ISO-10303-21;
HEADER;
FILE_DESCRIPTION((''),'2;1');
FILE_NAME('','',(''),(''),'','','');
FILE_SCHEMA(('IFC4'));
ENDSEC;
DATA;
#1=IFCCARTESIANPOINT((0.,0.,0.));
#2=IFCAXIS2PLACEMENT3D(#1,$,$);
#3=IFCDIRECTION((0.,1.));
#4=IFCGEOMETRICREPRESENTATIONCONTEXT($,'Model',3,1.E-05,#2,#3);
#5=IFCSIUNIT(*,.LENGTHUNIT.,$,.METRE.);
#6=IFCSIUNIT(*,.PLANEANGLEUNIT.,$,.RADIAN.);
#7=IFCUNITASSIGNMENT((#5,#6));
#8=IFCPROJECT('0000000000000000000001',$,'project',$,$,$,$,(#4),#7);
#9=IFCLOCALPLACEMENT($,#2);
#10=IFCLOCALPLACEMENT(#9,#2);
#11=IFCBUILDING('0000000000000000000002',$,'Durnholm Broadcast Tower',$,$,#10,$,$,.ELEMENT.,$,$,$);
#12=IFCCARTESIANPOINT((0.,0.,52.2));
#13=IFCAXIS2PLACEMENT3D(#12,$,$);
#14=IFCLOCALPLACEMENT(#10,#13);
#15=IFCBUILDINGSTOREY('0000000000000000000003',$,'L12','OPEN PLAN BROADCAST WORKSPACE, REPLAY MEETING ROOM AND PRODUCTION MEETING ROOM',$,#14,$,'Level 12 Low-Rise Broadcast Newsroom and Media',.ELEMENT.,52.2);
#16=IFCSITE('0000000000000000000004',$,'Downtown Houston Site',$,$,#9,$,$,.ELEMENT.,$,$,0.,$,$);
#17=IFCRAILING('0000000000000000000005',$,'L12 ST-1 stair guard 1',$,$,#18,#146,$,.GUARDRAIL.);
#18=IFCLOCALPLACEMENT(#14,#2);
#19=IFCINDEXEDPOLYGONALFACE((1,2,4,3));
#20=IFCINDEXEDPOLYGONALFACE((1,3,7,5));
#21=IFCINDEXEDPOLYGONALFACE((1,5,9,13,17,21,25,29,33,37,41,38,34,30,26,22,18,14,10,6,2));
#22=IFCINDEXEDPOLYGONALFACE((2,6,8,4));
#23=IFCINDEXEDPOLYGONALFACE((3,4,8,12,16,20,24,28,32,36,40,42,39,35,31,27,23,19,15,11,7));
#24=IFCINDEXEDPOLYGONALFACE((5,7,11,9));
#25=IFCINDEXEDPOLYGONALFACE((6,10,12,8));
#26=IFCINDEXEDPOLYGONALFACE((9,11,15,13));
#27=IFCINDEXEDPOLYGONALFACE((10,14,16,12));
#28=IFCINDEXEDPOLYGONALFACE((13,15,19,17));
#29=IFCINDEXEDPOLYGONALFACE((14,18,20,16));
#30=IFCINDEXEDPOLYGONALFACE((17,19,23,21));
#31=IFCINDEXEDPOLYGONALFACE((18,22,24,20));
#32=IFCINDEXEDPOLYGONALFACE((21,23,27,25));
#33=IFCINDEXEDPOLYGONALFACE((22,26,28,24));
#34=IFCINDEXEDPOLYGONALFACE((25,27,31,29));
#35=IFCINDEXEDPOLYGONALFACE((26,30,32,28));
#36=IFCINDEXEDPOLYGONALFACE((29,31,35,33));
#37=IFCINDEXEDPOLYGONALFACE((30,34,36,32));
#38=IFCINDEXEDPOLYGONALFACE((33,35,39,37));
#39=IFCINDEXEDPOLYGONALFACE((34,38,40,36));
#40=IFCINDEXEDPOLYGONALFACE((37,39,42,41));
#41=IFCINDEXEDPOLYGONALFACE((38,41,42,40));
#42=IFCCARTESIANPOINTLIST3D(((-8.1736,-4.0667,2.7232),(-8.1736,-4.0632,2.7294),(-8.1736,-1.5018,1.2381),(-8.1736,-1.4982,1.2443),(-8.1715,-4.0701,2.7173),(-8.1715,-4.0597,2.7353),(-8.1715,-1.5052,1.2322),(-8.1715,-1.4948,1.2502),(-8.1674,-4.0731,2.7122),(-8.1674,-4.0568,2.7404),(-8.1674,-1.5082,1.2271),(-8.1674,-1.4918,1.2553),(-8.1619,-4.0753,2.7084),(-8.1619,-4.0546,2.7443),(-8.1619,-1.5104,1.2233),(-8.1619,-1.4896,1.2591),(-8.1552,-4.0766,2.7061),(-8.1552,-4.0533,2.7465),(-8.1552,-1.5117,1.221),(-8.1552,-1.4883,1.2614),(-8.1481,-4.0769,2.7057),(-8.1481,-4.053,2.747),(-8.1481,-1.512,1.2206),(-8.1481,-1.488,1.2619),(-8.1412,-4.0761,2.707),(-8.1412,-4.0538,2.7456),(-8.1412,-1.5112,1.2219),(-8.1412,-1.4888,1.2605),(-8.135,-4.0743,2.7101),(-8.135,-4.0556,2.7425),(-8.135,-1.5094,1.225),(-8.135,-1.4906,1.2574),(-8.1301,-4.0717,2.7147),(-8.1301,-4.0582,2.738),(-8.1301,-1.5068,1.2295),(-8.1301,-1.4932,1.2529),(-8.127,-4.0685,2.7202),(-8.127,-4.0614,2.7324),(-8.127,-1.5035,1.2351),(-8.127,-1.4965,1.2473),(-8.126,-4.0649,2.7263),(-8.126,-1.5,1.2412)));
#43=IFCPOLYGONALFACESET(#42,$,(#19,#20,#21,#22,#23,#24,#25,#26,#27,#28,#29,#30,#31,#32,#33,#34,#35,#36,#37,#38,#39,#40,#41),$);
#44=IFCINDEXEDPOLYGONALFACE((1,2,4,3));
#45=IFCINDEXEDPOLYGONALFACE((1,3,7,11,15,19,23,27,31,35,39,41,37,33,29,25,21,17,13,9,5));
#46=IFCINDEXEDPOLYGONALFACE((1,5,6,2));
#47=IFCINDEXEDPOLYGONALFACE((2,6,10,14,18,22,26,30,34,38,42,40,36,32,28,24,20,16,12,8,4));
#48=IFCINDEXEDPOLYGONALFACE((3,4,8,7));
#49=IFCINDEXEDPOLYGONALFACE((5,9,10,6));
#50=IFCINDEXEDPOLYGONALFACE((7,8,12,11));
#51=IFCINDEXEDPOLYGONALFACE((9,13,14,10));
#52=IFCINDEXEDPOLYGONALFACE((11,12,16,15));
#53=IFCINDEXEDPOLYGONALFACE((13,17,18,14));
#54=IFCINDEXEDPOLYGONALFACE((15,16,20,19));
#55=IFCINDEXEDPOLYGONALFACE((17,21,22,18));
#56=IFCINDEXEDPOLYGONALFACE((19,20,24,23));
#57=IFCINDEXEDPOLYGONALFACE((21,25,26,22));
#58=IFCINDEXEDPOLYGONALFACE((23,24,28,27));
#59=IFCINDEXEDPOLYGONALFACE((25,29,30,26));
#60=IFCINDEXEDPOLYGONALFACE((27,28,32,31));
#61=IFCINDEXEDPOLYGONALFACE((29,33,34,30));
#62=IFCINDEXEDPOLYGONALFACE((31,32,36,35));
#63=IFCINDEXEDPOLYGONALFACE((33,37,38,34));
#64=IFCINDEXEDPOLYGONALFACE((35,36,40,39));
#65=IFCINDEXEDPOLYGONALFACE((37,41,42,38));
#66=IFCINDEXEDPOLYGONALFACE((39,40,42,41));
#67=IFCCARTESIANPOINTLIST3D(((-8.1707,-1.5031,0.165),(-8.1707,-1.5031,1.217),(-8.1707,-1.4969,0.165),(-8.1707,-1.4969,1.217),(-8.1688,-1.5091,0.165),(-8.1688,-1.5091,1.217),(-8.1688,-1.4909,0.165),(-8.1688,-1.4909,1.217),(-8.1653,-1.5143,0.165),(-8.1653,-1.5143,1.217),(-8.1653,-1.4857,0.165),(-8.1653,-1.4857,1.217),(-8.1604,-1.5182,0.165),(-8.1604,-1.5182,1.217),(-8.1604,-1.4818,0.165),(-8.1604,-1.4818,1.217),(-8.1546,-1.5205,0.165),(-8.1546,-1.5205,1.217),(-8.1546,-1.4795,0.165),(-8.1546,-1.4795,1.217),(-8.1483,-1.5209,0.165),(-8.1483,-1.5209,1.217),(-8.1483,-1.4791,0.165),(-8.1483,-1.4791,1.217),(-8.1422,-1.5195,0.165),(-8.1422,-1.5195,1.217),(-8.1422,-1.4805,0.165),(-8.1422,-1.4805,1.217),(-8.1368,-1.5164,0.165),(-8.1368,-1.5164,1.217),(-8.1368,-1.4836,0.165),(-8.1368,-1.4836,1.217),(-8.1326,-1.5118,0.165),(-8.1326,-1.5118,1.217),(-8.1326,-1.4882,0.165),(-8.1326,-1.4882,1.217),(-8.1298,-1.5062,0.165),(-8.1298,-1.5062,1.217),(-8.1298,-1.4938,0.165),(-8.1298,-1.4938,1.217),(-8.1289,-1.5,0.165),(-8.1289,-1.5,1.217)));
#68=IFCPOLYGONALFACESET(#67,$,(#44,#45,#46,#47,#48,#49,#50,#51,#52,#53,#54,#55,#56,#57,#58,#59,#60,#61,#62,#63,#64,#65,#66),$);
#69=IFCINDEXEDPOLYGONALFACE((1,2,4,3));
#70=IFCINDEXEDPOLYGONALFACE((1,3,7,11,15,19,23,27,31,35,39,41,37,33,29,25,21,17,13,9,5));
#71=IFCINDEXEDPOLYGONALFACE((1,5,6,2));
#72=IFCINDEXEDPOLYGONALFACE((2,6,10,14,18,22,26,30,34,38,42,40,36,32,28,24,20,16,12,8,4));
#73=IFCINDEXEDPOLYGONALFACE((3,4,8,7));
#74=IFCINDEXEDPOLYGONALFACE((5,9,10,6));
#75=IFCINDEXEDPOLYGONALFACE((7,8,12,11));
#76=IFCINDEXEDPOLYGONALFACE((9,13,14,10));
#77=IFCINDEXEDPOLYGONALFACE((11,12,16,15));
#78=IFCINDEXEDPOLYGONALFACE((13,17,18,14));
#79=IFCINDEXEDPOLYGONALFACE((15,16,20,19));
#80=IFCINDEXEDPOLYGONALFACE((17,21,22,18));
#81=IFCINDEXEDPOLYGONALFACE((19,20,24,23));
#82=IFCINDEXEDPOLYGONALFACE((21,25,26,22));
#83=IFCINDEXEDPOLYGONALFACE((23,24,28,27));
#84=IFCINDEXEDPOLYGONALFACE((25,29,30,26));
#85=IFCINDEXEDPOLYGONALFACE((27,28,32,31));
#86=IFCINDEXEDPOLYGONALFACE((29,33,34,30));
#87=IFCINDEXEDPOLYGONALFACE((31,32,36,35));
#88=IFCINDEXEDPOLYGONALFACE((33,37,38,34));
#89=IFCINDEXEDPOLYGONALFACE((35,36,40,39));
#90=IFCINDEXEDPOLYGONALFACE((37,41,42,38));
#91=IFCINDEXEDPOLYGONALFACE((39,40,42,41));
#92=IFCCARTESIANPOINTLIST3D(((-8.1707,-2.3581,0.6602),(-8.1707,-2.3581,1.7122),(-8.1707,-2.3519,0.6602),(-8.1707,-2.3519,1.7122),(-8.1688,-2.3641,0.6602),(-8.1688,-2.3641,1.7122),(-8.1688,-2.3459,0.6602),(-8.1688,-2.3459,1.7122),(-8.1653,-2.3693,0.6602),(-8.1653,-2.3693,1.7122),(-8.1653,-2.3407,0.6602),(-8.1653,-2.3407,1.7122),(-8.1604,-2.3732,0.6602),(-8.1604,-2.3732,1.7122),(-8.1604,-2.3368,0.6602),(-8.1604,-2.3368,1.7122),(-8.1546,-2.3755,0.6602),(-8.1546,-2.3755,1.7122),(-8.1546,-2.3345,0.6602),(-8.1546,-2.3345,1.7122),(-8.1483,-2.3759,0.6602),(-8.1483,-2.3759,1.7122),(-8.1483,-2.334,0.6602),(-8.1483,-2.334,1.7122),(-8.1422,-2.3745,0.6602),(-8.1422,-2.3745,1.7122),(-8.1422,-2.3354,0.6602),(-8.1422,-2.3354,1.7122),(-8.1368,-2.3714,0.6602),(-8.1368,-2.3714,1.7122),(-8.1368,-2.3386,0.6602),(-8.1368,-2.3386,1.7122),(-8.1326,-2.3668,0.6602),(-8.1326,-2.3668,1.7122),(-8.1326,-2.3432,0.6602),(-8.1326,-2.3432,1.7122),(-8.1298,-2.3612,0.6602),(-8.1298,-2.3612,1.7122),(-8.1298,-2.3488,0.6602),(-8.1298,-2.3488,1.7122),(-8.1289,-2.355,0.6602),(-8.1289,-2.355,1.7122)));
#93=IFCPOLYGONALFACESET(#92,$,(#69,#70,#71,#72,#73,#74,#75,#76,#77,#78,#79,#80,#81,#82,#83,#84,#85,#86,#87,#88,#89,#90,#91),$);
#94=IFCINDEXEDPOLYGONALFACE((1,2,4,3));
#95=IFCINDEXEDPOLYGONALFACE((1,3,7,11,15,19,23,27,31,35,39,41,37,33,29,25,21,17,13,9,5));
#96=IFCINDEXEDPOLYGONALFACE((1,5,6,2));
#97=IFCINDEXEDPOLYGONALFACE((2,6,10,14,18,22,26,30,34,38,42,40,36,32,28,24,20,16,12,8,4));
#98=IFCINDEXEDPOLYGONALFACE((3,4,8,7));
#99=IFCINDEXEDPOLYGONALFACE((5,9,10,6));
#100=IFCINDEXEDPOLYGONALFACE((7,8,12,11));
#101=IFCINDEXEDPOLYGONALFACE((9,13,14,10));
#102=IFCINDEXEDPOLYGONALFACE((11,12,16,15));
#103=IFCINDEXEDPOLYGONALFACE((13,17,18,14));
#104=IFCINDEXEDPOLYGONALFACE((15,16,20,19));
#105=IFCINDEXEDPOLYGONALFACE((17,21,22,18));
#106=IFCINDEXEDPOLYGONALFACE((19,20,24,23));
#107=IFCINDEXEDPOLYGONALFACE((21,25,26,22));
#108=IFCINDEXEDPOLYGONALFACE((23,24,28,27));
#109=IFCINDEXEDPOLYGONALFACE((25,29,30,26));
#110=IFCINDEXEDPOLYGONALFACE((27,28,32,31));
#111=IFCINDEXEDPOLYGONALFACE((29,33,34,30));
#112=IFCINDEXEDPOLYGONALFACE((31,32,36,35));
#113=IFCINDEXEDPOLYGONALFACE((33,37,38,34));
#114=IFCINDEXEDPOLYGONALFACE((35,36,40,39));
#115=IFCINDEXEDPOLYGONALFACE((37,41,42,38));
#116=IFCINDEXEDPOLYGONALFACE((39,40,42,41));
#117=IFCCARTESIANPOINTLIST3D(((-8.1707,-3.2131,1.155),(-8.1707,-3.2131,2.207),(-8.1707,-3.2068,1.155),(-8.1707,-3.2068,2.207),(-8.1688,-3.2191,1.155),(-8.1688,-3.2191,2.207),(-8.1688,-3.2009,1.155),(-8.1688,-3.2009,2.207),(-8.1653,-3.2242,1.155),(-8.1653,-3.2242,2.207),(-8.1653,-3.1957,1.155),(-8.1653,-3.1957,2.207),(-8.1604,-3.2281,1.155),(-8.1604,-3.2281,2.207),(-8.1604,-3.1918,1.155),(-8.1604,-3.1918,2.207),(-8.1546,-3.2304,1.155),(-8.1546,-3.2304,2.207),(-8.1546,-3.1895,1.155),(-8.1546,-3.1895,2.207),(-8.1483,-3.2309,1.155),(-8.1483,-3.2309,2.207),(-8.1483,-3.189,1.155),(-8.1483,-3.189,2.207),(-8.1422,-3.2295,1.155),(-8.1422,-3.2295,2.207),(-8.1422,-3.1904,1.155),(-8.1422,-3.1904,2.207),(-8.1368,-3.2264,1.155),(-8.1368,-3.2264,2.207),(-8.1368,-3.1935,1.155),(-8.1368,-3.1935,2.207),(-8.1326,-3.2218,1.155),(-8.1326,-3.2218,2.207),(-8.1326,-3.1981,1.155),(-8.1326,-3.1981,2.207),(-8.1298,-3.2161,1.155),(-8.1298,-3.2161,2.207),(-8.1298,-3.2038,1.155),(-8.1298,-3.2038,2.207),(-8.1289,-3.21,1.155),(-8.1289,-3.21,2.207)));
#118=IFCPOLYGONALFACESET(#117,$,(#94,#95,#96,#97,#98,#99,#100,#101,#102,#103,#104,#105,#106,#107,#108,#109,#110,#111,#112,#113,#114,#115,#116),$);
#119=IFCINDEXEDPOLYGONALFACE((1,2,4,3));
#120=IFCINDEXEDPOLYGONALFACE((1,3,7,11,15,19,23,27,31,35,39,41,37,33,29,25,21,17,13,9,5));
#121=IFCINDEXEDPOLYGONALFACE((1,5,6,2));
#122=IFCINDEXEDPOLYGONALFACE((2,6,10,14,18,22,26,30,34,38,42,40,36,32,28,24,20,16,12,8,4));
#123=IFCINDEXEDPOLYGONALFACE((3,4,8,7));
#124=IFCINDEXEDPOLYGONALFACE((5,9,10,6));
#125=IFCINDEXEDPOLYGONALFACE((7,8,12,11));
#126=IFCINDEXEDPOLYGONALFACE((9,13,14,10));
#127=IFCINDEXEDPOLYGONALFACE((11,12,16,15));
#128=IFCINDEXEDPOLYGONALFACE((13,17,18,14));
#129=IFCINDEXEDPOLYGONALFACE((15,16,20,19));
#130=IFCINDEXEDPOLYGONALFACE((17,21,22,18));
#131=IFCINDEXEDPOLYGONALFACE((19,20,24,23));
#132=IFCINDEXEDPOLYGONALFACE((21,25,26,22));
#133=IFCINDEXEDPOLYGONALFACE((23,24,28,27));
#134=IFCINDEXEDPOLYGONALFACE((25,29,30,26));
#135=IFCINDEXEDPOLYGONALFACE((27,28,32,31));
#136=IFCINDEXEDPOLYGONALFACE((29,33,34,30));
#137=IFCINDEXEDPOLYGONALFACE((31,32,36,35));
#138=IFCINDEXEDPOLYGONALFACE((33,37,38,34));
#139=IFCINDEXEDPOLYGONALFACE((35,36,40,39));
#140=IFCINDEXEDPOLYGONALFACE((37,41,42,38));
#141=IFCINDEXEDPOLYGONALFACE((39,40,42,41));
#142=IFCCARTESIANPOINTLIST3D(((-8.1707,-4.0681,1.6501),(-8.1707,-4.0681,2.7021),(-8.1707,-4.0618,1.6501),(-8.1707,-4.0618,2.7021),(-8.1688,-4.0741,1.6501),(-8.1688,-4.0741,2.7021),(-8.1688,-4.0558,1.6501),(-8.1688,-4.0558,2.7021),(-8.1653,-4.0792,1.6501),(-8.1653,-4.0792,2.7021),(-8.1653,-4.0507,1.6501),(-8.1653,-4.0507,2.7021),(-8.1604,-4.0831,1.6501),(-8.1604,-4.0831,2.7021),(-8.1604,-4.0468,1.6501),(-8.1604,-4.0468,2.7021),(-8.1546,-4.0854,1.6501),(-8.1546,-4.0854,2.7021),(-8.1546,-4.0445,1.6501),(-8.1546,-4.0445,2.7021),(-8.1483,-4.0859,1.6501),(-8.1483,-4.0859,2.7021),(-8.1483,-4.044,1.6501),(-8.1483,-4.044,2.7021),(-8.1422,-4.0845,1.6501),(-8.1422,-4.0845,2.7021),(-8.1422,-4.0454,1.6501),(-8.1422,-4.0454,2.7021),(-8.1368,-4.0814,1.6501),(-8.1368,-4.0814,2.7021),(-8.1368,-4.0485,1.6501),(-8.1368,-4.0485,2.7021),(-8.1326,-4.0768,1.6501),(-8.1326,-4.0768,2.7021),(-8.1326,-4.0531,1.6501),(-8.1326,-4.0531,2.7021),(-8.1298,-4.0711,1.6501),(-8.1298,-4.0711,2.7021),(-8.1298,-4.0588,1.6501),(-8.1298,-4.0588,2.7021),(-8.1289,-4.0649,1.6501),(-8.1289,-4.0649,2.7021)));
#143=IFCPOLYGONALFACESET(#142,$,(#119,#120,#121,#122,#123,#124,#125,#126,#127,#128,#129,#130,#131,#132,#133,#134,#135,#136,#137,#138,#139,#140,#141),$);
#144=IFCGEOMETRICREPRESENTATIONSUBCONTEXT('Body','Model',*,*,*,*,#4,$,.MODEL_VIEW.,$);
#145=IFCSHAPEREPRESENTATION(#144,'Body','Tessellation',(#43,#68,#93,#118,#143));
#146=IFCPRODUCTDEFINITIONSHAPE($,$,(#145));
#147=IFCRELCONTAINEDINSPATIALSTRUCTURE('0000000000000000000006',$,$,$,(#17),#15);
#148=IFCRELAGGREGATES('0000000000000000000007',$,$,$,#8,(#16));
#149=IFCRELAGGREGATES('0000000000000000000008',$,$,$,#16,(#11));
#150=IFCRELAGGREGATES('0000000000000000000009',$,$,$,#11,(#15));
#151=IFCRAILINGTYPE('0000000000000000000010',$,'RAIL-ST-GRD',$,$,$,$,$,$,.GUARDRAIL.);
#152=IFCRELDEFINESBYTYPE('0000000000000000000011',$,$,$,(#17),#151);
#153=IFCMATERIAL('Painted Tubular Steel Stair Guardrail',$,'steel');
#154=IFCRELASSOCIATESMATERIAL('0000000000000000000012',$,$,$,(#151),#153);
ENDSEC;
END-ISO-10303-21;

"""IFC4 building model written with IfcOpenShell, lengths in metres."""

from ifc_helpers import new_model, si_unit, direction, frame, origin, origin_2d, place, context, subcontext, project, spatial, circle, extrude, material, type_object, element, save


model = new_model("IFC4")

# Units and contexts
model_context = context("Model", 3, precision=1e-05, world=origin(), true_north=direction((0.0, 1.0)))
body_context = subcontext(model_context, "Body", "Model", "MODEL_VIEW")
ifc_project = project(units=[si_unit("LENGTHUNIT", "METRE"), si_unit("PLANEANGLEUNIT", "RADIAN")], contexts=[model_context])

# Site, building, storey
site_placement = place(None, origin())
site = spatial("IfcSite", under=ifc_project, at=site_placement, Name="Downtown Houston Site", CompositionType="ELEMENT", RefElevation=0.0)
building_placement = place(site_placement, origin())
building = spatial("IfcBuilding", under=site, at=building_placement, Name="Durnholm Broadcast Tower", CompositionType="ELEMENT")
storey_placement = place(building_placement, frame((0.0, 0.0, 52.2)))
storey = spatial("IfcBuildingStorey", under=building, at=storey_placement, Name="L12", Description="OPEN PLAN BROADCAST WORKSPACE, REPLAY MEETING ROOM AND PRODUCTION MEETING ROOM", LongName="Level 12 Low-Rise Broadcast Newsroom and Media", CompositionType="ELEMENT", Elevation=52.2)

# Railing
ifc_material_1 = material(Name="Painted Tubular Steel Stair Guardrail", Category="steel")
railing_type_1 = type_object("IfcRailingType", Name="RAIL-ST-GRD", PredefinedType="GUARDRAIL", material=ifc_material_1)
railing_1_placement = place(storey_placement, frame((-8.1499, -1.5, 0.165)))
element("IfcRailing", 1, at=railing_1_placement, inside=storey, type_object=railing_type_1, Name="L12 ST-1 stair guard 1", PredefinedType="GUARDRAIL", context=body_context, shape_type="SweptSolid", body=[
    extrude(circle(Radius=0.0239, at=origin_2d()), frame((0.0, 0.0, 1.0762), z_axis=(0.0, -0.865406, 0.501072), x_axis=(1.0, 0.0, 0.0)), (0.0, 0.0, 1.0), 2.9639),
    extrude(circle(Radius=0.021, at=origin_2d()), origin(), (0.0, 0.0, 1.0), 1.052),
    extrude(circle(Radius=0.021, at=origin_2d()), frame((0.0, -0.855, 0.4951)), (0.0, 0.0, 1.0), 1.052),
    extrude(circle(Radius=0.021, at=origin_2d()), frame((0.0, -1.71, 0.99)), (0.0, 0.0, 1.0), 1.052),
    extrude(circle(Radius=0.021, at=origin_2d()), frame((0.0, -2.5649, 1.4851)), (0.0, 0.0, 1.0), 1.052),
])

save(model, "model.ifc")
